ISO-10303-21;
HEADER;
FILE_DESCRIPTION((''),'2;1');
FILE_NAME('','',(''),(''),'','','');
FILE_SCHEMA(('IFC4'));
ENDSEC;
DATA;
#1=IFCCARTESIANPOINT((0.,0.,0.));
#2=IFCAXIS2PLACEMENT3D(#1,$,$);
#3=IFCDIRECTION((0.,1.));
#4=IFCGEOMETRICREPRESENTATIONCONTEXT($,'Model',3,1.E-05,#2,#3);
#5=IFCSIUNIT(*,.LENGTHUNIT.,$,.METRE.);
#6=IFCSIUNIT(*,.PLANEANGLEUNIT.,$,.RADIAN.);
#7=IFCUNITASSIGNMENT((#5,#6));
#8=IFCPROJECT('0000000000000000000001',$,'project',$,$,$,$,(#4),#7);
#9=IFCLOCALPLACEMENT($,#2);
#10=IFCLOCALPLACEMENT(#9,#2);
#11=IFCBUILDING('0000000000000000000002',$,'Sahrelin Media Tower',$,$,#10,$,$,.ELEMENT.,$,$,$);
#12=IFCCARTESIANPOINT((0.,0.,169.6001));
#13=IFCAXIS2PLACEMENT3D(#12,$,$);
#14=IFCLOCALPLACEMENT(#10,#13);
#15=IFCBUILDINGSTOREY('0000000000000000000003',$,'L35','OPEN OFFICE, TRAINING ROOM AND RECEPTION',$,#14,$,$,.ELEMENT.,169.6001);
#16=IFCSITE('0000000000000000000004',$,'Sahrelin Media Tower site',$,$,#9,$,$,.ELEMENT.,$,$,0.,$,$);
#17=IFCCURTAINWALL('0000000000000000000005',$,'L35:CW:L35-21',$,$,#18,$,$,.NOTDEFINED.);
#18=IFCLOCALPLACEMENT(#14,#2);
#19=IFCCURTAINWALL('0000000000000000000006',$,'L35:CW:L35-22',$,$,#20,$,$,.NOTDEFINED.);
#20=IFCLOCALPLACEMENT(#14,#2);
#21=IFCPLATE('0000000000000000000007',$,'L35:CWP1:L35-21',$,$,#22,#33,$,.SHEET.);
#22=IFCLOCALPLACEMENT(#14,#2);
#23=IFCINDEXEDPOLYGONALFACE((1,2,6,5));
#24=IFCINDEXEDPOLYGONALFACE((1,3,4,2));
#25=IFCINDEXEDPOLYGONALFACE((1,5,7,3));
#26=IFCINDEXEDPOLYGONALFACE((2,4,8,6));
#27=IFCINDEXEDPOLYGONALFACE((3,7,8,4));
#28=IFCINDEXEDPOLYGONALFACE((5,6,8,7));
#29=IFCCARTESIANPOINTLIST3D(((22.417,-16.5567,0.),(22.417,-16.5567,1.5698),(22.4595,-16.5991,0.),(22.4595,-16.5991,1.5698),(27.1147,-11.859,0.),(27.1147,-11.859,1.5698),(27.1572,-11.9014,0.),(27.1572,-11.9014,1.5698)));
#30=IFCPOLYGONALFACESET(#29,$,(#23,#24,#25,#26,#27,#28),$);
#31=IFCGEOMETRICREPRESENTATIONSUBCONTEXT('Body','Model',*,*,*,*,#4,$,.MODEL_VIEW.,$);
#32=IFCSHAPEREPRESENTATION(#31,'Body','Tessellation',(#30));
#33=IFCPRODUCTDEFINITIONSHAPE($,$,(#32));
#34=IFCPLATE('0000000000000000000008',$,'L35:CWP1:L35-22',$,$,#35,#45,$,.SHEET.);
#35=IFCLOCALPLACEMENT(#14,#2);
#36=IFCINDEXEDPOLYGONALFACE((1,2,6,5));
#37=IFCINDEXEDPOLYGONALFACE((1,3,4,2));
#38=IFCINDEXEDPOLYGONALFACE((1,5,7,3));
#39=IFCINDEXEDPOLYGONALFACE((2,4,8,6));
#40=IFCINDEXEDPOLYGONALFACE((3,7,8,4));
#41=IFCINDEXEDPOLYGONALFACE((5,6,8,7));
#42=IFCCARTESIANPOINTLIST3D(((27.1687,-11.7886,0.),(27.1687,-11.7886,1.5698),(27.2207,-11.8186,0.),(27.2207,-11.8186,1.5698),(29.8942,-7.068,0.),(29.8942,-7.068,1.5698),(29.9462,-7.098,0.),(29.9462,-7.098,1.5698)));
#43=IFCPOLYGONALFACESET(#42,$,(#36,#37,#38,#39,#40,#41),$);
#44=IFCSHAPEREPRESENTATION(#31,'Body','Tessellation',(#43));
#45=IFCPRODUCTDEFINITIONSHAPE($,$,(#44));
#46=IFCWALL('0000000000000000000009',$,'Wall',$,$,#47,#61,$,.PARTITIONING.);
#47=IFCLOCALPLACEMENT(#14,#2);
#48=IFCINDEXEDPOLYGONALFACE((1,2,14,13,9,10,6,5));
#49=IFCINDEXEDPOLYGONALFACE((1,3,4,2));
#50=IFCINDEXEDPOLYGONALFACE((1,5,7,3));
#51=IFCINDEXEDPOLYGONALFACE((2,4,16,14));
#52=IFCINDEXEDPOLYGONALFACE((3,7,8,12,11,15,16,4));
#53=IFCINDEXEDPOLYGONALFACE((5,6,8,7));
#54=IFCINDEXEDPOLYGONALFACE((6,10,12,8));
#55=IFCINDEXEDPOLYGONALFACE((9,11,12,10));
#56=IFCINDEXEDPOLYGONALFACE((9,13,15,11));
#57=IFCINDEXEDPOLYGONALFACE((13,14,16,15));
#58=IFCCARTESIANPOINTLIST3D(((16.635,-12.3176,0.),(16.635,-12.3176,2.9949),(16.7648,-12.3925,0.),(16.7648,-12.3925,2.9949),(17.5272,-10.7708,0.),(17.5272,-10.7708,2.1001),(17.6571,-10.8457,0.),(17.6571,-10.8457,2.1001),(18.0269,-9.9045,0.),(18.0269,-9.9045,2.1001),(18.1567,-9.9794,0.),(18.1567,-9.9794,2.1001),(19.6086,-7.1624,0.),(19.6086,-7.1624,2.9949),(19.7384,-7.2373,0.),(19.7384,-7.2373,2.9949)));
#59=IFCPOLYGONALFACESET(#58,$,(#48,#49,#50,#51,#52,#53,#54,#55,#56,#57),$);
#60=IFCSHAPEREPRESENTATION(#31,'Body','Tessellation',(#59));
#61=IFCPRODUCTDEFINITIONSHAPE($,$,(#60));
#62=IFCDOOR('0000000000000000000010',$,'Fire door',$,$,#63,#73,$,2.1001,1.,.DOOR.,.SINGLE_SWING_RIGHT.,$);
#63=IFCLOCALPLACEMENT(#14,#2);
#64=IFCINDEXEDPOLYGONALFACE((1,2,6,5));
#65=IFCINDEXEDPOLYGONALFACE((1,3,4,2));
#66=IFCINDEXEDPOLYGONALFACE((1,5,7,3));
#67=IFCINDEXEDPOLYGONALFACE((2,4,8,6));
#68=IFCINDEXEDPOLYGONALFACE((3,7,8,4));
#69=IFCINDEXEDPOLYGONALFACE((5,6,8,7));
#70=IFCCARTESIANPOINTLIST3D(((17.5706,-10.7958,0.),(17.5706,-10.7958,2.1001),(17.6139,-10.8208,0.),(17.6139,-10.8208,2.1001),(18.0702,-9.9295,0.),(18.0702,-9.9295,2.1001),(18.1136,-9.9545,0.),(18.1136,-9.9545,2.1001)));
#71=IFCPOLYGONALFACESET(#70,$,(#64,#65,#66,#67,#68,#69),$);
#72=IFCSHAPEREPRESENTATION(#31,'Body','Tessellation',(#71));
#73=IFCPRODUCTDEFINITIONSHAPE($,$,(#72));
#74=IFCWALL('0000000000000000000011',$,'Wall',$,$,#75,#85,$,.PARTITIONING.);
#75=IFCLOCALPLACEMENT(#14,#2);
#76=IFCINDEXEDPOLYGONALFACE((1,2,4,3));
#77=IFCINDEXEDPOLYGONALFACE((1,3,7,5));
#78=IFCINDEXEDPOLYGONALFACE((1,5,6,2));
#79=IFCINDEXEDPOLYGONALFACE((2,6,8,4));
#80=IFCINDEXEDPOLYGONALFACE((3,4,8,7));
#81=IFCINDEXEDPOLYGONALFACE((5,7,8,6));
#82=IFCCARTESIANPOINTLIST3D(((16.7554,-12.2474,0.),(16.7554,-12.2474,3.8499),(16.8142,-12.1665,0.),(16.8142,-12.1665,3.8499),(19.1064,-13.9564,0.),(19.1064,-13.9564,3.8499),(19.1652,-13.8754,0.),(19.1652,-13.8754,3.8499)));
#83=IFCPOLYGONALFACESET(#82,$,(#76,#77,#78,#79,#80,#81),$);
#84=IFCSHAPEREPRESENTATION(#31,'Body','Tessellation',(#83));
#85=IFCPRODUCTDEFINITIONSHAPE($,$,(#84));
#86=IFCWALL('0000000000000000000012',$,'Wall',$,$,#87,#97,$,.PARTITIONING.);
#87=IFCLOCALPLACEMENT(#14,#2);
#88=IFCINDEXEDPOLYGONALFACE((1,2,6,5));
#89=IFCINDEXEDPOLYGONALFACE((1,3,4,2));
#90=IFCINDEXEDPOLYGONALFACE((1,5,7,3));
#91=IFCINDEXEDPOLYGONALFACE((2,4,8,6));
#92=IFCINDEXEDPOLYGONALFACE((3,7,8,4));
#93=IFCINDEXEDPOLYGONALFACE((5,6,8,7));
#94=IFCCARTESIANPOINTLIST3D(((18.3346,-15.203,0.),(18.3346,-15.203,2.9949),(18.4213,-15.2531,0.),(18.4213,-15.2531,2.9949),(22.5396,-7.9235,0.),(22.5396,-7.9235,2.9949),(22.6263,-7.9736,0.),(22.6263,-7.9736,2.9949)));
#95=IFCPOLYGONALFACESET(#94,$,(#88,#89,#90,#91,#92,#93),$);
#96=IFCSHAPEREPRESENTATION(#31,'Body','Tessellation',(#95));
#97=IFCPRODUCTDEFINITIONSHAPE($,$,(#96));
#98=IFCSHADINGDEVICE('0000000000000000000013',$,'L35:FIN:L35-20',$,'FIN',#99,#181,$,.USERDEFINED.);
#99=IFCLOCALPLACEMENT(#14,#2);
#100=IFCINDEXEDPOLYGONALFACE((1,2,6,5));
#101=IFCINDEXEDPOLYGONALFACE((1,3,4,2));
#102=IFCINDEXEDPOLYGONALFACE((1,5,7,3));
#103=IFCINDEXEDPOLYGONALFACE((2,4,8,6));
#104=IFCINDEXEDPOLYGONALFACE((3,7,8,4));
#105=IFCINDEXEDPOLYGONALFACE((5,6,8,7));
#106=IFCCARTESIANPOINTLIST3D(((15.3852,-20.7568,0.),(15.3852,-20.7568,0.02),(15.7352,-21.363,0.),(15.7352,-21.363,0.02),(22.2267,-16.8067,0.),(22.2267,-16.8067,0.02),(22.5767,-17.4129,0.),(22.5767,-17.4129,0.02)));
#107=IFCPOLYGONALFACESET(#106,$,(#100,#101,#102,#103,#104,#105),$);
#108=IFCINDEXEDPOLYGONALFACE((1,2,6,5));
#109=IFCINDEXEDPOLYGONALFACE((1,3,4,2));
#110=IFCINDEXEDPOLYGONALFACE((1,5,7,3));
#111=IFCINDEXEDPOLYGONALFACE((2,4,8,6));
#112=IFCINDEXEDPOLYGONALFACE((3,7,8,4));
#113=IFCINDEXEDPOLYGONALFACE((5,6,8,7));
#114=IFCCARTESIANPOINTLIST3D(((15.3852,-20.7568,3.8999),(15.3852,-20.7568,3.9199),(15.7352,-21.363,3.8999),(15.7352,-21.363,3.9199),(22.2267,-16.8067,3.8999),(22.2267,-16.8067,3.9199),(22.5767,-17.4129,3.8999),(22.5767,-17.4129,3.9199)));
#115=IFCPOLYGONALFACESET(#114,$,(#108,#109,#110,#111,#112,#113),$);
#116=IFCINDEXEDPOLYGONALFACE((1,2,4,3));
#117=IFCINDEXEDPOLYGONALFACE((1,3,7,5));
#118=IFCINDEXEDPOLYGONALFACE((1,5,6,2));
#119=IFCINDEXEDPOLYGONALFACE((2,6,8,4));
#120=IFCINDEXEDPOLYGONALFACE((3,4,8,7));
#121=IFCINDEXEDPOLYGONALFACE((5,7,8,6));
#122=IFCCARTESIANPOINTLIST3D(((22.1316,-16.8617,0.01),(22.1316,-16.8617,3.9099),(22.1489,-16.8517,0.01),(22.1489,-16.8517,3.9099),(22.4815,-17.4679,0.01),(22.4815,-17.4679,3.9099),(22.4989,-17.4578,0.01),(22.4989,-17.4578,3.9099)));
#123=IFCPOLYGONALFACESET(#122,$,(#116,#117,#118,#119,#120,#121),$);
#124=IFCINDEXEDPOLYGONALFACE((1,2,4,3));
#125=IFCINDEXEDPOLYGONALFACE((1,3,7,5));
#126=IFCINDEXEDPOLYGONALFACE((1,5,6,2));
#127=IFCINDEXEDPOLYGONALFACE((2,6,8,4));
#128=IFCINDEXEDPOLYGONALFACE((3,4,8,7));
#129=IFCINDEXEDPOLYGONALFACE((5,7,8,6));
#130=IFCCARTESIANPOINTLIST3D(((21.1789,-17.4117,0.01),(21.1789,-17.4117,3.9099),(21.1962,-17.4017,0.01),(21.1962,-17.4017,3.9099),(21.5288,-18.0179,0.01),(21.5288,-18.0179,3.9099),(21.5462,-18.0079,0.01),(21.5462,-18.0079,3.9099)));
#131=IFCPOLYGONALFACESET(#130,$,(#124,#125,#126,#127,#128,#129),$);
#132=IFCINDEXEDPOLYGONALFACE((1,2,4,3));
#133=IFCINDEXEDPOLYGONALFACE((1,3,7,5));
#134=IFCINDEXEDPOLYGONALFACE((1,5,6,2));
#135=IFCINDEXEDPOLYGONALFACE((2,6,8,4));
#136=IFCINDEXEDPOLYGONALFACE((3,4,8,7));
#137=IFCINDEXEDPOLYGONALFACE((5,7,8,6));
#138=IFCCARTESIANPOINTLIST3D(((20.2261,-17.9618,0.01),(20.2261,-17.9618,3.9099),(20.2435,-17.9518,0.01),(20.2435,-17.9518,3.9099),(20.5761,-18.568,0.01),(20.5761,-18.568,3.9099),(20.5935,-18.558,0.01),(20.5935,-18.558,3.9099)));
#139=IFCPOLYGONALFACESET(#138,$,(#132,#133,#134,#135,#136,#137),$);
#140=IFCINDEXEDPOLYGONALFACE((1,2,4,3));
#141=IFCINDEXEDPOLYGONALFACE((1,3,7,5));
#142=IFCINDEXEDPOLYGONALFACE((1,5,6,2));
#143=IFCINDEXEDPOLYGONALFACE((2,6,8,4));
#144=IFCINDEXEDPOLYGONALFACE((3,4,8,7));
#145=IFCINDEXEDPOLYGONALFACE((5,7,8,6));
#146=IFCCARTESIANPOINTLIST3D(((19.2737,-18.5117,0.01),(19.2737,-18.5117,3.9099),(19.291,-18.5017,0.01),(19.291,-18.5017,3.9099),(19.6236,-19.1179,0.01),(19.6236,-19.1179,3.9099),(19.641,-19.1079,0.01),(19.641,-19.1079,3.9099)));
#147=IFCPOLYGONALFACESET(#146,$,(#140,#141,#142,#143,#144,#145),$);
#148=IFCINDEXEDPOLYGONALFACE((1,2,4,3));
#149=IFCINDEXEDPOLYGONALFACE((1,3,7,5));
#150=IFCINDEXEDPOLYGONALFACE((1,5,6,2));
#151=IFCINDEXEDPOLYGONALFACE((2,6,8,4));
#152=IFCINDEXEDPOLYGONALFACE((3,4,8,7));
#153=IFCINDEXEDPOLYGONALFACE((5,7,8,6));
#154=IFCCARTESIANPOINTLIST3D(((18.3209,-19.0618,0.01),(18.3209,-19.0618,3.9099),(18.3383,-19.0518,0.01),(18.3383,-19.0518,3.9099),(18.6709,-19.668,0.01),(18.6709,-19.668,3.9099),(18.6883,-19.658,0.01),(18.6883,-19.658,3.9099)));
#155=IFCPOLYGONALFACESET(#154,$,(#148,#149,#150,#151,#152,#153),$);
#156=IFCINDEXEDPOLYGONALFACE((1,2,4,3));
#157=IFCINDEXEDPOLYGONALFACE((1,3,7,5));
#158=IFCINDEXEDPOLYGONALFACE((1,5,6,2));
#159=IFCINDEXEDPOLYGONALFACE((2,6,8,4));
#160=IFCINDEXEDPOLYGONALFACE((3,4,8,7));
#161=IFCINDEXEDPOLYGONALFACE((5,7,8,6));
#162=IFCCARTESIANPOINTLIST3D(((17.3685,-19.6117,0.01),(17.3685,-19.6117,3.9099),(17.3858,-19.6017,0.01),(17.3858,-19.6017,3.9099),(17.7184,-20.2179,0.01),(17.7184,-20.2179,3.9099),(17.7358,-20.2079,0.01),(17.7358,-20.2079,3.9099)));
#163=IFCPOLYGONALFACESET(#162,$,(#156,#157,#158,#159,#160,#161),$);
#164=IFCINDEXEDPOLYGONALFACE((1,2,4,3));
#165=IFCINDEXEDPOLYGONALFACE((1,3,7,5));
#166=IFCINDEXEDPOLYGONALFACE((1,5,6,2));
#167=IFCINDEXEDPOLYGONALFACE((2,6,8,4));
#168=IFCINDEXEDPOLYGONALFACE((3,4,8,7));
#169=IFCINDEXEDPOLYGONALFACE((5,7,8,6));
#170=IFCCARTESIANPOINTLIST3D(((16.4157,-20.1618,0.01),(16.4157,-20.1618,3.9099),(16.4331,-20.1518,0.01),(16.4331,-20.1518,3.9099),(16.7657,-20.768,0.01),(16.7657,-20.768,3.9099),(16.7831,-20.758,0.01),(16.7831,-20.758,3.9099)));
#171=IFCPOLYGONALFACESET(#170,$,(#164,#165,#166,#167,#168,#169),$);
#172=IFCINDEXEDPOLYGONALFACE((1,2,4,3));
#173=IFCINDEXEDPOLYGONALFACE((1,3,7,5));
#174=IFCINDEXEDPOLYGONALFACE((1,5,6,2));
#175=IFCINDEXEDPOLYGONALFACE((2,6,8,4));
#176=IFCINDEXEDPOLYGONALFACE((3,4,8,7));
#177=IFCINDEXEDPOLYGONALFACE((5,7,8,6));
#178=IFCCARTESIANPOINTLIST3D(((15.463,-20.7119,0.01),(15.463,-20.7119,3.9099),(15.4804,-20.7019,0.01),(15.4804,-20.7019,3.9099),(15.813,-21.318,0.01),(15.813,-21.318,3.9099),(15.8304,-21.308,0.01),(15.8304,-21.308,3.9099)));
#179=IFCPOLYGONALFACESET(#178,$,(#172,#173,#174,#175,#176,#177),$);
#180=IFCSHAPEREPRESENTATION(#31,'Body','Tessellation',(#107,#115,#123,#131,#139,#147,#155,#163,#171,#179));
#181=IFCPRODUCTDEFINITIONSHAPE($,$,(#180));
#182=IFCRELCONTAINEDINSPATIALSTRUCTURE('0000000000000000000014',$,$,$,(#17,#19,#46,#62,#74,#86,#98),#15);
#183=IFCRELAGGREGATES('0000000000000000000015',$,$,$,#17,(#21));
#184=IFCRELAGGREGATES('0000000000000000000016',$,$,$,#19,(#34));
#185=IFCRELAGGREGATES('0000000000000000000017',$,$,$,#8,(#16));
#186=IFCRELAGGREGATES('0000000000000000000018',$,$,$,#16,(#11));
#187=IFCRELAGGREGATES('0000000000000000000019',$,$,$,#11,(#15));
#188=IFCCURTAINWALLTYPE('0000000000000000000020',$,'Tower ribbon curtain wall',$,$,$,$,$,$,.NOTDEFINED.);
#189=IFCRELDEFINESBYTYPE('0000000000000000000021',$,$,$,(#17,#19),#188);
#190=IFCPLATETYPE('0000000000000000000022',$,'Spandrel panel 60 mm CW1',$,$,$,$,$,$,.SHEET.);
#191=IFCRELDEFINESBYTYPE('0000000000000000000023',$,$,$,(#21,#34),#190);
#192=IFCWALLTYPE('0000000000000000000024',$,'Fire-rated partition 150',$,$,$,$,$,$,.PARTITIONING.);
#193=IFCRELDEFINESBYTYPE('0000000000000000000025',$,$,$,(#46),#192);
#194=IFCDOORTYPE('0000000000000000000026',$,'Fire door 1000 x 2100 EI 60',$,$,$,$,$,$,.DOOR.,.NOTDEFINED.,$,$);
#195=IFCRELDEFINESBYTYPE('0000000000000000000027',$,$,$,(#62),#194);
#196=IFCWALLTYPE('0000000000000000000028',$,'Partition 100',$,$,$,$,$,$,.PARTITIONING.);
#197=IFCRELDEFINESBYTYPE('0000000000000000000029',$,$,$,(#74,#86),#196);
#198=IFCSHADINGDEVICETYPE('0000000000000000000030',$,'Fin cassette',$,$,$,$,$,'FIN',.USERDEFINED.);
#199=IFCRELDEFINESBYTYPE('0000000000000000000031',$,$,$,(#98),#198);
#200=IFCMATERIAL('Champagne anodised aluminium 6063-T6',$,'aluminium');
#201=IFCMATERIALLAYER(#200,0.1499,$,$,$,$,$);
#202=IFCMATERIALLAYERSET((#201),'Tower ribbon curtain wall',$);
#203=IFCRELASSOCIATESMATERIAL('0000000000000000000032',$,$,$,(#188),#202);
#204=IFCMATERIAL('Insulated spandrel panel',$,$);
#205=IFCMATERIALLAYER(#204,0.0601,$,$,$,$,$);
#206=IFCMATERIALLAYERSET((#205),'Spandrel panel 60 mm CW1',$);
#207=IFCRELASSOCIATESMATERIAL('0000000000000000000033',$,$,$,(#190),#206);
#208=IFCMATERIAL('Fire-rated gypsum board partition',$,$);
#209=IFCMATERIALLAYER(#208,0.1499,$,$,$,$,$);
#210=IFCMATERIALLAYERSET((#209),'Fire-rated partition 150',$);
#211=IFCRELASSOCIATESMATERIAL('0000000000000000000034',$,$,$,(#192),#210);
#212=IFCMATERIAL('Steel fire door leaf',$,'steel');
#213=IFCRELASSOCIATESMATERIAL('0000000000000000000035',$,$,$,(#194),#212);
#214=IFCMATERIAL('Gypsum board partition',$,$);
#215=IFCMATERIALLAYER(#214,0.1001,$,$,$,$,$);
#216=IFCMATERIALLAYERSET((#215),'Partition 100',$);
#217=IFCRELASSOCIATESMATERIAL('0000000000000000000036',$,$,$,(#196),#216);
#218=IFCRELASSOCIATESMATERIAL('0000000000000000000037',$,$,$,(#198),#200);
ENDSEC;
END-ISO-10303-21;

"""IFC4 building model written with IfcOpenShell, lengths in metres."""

from ifc_helpers import new_model, si_unit, direction, frame, frame_2d, origin, origin_2d, place, context, subcontext, project, spatial, polyline, rectangle, outline, extrude, material, layer, layer_set, type_object, element, fill, aggregate, save


model = new_model("IFC4")

# Units and contexts
model_context = context("Model", 3, precision=1e-05, world=origin(), true_north=direction((0.0, 1.0)))
body_context = subcontext(model_context, "Body", "Model", "MODEL_VIEW")
ifc_project = project(units=[si_unit("LENGTHUNIT", "METRE"), si_unit("PLANEANGLEUNIT", "RADIAN")], contexts=[model_context])

# Site, building, storey
site_placement = place(None, origin())
site = spatial("IfcSite", under=ifc_project, at=site_placement, Name="Sahrelin Media Tower site", CompositionType="ELEMENT", RefElevation=0.0)
building_placement = place(site_placement, origin())
building = spatial("IfcBuilding", under=site, at=building_placement, Name="Sahrelin Media Tower", CompositionType="ELEMENT")
storey_placement = place(building_placement, frame((0.0, 0.0, 169.6001)))
storey = spatial("IfcBuildingStorey", under=building, at=storey_placement, Name="L35", Description="OPEN OFFICE, TRAINING ROOM AND RECEPTION", CompositionType="ELEMENT", Elevation=169.6001)

# Curtain wall
ifc_material_1 = material(Name="Champagne anodised aluminium 6063-T6", Category="aluminium")
ifc_layer_1 = layer(ifc_material_1, 0.1499)
ifc_layer_set_1 = layer_set([ifc_layer_1], Name="Tower ribbon curtain wall")
curtain_wall_type = type_object("IfcCurtainWallType", Name="Tower ribbon curtain wall", PredefinedType="NOTDEFINED", material=ifc_layer_set_1)
curtain_wall_1_placement = place(storey_placement, frame((24.7942, -14.2361, 0.0), z_axis=(0.0, 0.0, 1.0), x_axis=(1.0, 0.0, 0.0)))
curtain_wall_1 = element("IfcCurtainWall", 1, at=curtain_wall_1_placement, inside=storey, type_object=curtain_wall_type, Name="L35:CW:L35-21", PredefinedType="NOTDEFINED")

# Curtain wall
curtain_wall_2_placement = place(storey_placement, frame((28.5662, -9.4482, 0.0), z_axis=(0.0, 0.0, 1.0), x_axis=(1.0, 0.0, 0.0)))
curtain_wall_2 = element("IfcCurtainWall", 2, at=curtain_wall_2_placement, inside=storey, type_object=curtain_wall_type, Name="L35:CW:L35-22", PredefinedType="NOTDEFINED")

# Plates
ifc_material_2 = material(Name="Insulated spandrel panel")
ifc_layer_2 = layer(ifc_material_2, 0.0601)
ifc_layer_set_2 = layer_set([ifc_layer_2], Name="Spandrel panel 60 mm CW1")
plate_type_1 = type_object("IfcPlateType", Name="Spandrel panel 60 mm CW1", PredefinedType="SHEET", material=ifc_layer_set_2)
plate_1_placement = place(storey_placement, frame((22.4595, -16.5991, 0.0), z_axis=(0.707107, -0.707107, 0.0), x_axis=(0.707107, 0.707107, 0.0)))
plate_1 = element("IfcPlate", 3, at=plate_1_placement, type_object=plate_type_1, Name="L35:CWP1:L35-21", PredefinedType="SHEET", context=body_context, shape_type="SweptSolid", body=[
    extrude(outline(polyline([(0.0, 0.0), (6.6436, 0.0), (6.6436, 1.5698), (0.0, 1.5698), (0.0, 0.0)])), origin(), (0.0, 0.0, -1.0), 0.0601),
])
aggregate(curtain_wall_1, [plate_1])
plate_2_placement = place(storey_placement, frame((27.2207, -11.8186, 0.0), z_axis=(0.866019, -0.500012, 0.0), x_axis=(0.500012, 0.866019, 0.0)))
plate_2 = element("IfcPlate", 4, at=plate_2_placement, type_object=plate_type_1, Name="L35:CWP1:L35-22", PredefinedType="SHEET", context=body_context, shape_type="SweptSolid", body=[
    extrude(outline(polyline([(0.0, 0.0), (5.4509, 0.0), (5.4509, 1.5698), (0.0, 1.5698), (0.0, 0.0)])), origin(), (0.0, 0.0, -1.0), 0.0601),
])
aggregate(curtain_wall_2, [plate_2])

# Wall, opening, door
ifc_material_3 = material(Name="Fire-rated gypsum board partition")
ifc_layer_3 = layer(ifc_material_3, 0.1499)
ifc_layer_set_3 = layer_set([ifc_layer_3], Name="Fire-rated partition 150")
wall_type_1 = type_object("IfcWallType", Name="Fire-rated partition 150", PredefinedType="PARTITIONING", material=ifc_layer_set_3)
wall_1_placement = place(storey_placement, frame((16.7, -12.355, 0.0), z_axis=(0.0, 0.0, 1.0), x_axis=(0.499651, 0.866227, 0.0)))
wall_1 = element("IfcWall", 5, at=wall_1_placement, inside=storey, type_object=wall_type_1, Name="Wall", PredefinedType="PARTITIONING", context=body_context, shape_type="SweptSolid", body=[
    extrude(rectangle(XDim=5.9514, YDim=0.1499, at=frame_2d((2.9756, 0.0))), origin(), (0.0, 0.0, 1.0), 2.9949),
])
opening_placement = place(wall_1_placement, frame((1.7856, 0.0, 0.0)))
opening = element("IfcOpeningElement", 6, at=opening_placement, cuts=wall_1, PredefinedType="OPENING", context=body_context, shape_type="SweptSolid", body=[
    extrude(rectangle(XDim=1.0, YDim=2.1001, at=frame_2d((0.5, 1.05))), frame((0.0, 0.075, 0.0), z_axis=(0.0, -1.0, 0.0), x_axis=(1.0, 0.0, 0.0)), (0.0, 0.0, 1.0), 0.1499),
])
ifc_material_4 = material(Name="Steel fire door leaf", Category="steel")
door_type = type_object("IfcDoorType", Name="Fire door 1000 x 2100 EI 60", OperationType="NOTDEFINED", PredefinedType="DOOR", material=ifc_material_4)
door_placement = place(opening_placement, origin())
door = element("IfcDoor", 7, at=door_placement, inside=storey, type_object=door_type, Name="Fire door", OperationType="SINGLE_SWING_RIGHT", OverallHeight=2.1001, OverallWidth=1.0, PredefinedType="DOOR", context=body_context, shape_type="SweptSolid", body=[
    extrude(rectangle(XDim=1.0, YDim=2.1001, at=frame_2d((0.5, 1.05))), frame((0.0, 0.0249, 0.0), z_axis=(0.0, -1.0, 0.0), x_axis=(1.0, 0.0, 0.0)), (0.0, 0.0, 1.0), 0.05),
])
fill(opening, door)

# Walls
ifc_material_5 = material(Name="Gypsum board partition")
ifc_layer_4 = layer(ifc_material_5, 0.1001)
ifc_layer_set_4 = layer_set([ifc_layer_4], Name="Partition 100")
wall_type_2 = type_object("IfcWallType", Name="Partition 100", PredefinedType="PARTITIONING", material=ifc_layer_set_4)
wall_2_placement = place(storey_placement, frame((16.7849, -12.207, 0.0), z_axis=(0.0, 0.0, 1.0), x_axis=(0.808881, -0.587972, 0.0)))
element("IfcWall", 8, at=wall_2_placement, inside=storey, type_object=wall_type_2, Name="Wall", PredefinedType="PARTITIONING", context=body_context, shape_type="SweptSolid", body=[
    extrude(rectangle(XDim=2.9065, YDim=0.1001, at=frame_2d((1.4531, 0.0))), origin(), (0.0, 0.0, 1.0), 3.8499),
])
wall_3_placement = place(storey_placement, frame((18.3779, -15.228, 0.0), z_axis=(0.0, 0.0, 1.0), x_axis=(0.500199, 0.86591, 0.0)))
element("IfcWall", 9, at=wall_3_placement, inside=storey, type_object=wall_type_2, Name="Wall", PredefinedType="PARTITIONING", context=body_context, shape_type="SweptSolid", body=[
    extrude(rectangle(XDim=8.4067, YDim=0.1001, at=frame_2d((4.2034, 0.0))), origin(), (0.0, 0.0, 1.0), 2.9949),
])

# Shading device
shading_device_type_1 = type_object("IfcShadingDeviceType", Name="Fin cassette", ElementType="FIN", PredefinedType="USERDEFINED", material=ifc_material_1)
placement_1 = place(storey_placement, frame((18.771, -18.7212, 0.0), z_axis=(0.0, 0.0, 1.0), x_axis=(-0.866019, -0.500011, 0.0)))
element("IfcShadingDevice", 10, at=placement_1, inside=storey, type_object=shading_device_type_1, Name="L35:FIN:L35-20", ObjectType="FIN", PredefinedType="USERDEFINED", context=body_context, shape_type="SweptSolid", body=[
    extrude(rectangle(XDim=7.8999, YDim=0.7, at=origin_2d()), frame((0.0, 0.4199, 0.0)), (0.0, 0.0, 1.0), 0.02),
    extrude(rectangle(XDim=7.8999, YDim=0.7, at=origin_2d()), frame((0.0, 0.4199, 3.8999)), (0.0, 0.0, 1.0), 0.02),
    extrude(rectangle(XDim=0.02, YDim=0.7, at=origin_2d()), frame((-3.8501, 0.4199, 0.01), z_axis=(0.0, 0.0, 1.0), x_axis=(1.0, 0.0, 0.0)), (0.0, 0.0, 1.0), 3.8999),
    extrude(rectangle(XDim=0.02, YDim=0.7, at=origin_2d()), frame((-2.75, 0.4199, 0.01), z_axis=(0.0, 0.0, 1.0), x_axis=(1.0, 0.0, 0.0)), (0.0, 0.0, 1.0), 3.8999),
    extrude(rectangle(XDim=0.02, YDim=0.7, at=origin_2d()), frame((-1.6499, 0.4199, 0.01), z_axis=(0.0, 0.0, 1.0), x_axis=(1.0, 0.0, 0.0)), (0.0, 0.0, 1.0), 3.8999),
    extrude(rectangle(XDim=0.02, YDim=0.7, at=origin_2d()), frame((-0.55, 0.4199, 0.01), z_axis=(0.0, 0.0, 1.0), x_axis=(1.0, 0.0, 0.0)), (0.0, 0.0, 1.0), 3.8999),
    extrude(rectangle(XDim=0.02, YDim=0.7, at=origin_2d()), frame((0.55, 0.4199, 0.01), z_axis=(0.0, 0.0, 1.0), x_axis=(1.0, 0.0, 0.0)), (0.0, 0.0, 1.0), 3.8999),
    extrude(rectangle(XDim=0.02, YDim=0.7, at=origin_2d()), frame((1.6499, 0.4199, 0.01), z_axis=(0.0, 0.0, 1.0), x_axis=(1.0, 0.0, 0.0)), (0.0, 0.0, 1.0), 3.8999),
    extrude(rectangle(XDim=0.02, YDim=0.7, at=origin_2d()), frame((2.75, 0.4199, 0.01), z_axis=(0.0, 0.0, 1.0), x_axis=(1.0, 0.0, 0.0)), (0.0, 0.0, 1.0), 3.8999),
    extrude(rectangle(XDim=0.02, YDim=0.7, at=origin_2d()), frame((3.8501, 0.4199, 0.01), z_axis=(0.0, 0.0, 1.0), x_axis=(1.0, 0.0, 0.0)), (0.0, 0.0, 1.0), 3.8999),
])

save(model, "model.ifc")
